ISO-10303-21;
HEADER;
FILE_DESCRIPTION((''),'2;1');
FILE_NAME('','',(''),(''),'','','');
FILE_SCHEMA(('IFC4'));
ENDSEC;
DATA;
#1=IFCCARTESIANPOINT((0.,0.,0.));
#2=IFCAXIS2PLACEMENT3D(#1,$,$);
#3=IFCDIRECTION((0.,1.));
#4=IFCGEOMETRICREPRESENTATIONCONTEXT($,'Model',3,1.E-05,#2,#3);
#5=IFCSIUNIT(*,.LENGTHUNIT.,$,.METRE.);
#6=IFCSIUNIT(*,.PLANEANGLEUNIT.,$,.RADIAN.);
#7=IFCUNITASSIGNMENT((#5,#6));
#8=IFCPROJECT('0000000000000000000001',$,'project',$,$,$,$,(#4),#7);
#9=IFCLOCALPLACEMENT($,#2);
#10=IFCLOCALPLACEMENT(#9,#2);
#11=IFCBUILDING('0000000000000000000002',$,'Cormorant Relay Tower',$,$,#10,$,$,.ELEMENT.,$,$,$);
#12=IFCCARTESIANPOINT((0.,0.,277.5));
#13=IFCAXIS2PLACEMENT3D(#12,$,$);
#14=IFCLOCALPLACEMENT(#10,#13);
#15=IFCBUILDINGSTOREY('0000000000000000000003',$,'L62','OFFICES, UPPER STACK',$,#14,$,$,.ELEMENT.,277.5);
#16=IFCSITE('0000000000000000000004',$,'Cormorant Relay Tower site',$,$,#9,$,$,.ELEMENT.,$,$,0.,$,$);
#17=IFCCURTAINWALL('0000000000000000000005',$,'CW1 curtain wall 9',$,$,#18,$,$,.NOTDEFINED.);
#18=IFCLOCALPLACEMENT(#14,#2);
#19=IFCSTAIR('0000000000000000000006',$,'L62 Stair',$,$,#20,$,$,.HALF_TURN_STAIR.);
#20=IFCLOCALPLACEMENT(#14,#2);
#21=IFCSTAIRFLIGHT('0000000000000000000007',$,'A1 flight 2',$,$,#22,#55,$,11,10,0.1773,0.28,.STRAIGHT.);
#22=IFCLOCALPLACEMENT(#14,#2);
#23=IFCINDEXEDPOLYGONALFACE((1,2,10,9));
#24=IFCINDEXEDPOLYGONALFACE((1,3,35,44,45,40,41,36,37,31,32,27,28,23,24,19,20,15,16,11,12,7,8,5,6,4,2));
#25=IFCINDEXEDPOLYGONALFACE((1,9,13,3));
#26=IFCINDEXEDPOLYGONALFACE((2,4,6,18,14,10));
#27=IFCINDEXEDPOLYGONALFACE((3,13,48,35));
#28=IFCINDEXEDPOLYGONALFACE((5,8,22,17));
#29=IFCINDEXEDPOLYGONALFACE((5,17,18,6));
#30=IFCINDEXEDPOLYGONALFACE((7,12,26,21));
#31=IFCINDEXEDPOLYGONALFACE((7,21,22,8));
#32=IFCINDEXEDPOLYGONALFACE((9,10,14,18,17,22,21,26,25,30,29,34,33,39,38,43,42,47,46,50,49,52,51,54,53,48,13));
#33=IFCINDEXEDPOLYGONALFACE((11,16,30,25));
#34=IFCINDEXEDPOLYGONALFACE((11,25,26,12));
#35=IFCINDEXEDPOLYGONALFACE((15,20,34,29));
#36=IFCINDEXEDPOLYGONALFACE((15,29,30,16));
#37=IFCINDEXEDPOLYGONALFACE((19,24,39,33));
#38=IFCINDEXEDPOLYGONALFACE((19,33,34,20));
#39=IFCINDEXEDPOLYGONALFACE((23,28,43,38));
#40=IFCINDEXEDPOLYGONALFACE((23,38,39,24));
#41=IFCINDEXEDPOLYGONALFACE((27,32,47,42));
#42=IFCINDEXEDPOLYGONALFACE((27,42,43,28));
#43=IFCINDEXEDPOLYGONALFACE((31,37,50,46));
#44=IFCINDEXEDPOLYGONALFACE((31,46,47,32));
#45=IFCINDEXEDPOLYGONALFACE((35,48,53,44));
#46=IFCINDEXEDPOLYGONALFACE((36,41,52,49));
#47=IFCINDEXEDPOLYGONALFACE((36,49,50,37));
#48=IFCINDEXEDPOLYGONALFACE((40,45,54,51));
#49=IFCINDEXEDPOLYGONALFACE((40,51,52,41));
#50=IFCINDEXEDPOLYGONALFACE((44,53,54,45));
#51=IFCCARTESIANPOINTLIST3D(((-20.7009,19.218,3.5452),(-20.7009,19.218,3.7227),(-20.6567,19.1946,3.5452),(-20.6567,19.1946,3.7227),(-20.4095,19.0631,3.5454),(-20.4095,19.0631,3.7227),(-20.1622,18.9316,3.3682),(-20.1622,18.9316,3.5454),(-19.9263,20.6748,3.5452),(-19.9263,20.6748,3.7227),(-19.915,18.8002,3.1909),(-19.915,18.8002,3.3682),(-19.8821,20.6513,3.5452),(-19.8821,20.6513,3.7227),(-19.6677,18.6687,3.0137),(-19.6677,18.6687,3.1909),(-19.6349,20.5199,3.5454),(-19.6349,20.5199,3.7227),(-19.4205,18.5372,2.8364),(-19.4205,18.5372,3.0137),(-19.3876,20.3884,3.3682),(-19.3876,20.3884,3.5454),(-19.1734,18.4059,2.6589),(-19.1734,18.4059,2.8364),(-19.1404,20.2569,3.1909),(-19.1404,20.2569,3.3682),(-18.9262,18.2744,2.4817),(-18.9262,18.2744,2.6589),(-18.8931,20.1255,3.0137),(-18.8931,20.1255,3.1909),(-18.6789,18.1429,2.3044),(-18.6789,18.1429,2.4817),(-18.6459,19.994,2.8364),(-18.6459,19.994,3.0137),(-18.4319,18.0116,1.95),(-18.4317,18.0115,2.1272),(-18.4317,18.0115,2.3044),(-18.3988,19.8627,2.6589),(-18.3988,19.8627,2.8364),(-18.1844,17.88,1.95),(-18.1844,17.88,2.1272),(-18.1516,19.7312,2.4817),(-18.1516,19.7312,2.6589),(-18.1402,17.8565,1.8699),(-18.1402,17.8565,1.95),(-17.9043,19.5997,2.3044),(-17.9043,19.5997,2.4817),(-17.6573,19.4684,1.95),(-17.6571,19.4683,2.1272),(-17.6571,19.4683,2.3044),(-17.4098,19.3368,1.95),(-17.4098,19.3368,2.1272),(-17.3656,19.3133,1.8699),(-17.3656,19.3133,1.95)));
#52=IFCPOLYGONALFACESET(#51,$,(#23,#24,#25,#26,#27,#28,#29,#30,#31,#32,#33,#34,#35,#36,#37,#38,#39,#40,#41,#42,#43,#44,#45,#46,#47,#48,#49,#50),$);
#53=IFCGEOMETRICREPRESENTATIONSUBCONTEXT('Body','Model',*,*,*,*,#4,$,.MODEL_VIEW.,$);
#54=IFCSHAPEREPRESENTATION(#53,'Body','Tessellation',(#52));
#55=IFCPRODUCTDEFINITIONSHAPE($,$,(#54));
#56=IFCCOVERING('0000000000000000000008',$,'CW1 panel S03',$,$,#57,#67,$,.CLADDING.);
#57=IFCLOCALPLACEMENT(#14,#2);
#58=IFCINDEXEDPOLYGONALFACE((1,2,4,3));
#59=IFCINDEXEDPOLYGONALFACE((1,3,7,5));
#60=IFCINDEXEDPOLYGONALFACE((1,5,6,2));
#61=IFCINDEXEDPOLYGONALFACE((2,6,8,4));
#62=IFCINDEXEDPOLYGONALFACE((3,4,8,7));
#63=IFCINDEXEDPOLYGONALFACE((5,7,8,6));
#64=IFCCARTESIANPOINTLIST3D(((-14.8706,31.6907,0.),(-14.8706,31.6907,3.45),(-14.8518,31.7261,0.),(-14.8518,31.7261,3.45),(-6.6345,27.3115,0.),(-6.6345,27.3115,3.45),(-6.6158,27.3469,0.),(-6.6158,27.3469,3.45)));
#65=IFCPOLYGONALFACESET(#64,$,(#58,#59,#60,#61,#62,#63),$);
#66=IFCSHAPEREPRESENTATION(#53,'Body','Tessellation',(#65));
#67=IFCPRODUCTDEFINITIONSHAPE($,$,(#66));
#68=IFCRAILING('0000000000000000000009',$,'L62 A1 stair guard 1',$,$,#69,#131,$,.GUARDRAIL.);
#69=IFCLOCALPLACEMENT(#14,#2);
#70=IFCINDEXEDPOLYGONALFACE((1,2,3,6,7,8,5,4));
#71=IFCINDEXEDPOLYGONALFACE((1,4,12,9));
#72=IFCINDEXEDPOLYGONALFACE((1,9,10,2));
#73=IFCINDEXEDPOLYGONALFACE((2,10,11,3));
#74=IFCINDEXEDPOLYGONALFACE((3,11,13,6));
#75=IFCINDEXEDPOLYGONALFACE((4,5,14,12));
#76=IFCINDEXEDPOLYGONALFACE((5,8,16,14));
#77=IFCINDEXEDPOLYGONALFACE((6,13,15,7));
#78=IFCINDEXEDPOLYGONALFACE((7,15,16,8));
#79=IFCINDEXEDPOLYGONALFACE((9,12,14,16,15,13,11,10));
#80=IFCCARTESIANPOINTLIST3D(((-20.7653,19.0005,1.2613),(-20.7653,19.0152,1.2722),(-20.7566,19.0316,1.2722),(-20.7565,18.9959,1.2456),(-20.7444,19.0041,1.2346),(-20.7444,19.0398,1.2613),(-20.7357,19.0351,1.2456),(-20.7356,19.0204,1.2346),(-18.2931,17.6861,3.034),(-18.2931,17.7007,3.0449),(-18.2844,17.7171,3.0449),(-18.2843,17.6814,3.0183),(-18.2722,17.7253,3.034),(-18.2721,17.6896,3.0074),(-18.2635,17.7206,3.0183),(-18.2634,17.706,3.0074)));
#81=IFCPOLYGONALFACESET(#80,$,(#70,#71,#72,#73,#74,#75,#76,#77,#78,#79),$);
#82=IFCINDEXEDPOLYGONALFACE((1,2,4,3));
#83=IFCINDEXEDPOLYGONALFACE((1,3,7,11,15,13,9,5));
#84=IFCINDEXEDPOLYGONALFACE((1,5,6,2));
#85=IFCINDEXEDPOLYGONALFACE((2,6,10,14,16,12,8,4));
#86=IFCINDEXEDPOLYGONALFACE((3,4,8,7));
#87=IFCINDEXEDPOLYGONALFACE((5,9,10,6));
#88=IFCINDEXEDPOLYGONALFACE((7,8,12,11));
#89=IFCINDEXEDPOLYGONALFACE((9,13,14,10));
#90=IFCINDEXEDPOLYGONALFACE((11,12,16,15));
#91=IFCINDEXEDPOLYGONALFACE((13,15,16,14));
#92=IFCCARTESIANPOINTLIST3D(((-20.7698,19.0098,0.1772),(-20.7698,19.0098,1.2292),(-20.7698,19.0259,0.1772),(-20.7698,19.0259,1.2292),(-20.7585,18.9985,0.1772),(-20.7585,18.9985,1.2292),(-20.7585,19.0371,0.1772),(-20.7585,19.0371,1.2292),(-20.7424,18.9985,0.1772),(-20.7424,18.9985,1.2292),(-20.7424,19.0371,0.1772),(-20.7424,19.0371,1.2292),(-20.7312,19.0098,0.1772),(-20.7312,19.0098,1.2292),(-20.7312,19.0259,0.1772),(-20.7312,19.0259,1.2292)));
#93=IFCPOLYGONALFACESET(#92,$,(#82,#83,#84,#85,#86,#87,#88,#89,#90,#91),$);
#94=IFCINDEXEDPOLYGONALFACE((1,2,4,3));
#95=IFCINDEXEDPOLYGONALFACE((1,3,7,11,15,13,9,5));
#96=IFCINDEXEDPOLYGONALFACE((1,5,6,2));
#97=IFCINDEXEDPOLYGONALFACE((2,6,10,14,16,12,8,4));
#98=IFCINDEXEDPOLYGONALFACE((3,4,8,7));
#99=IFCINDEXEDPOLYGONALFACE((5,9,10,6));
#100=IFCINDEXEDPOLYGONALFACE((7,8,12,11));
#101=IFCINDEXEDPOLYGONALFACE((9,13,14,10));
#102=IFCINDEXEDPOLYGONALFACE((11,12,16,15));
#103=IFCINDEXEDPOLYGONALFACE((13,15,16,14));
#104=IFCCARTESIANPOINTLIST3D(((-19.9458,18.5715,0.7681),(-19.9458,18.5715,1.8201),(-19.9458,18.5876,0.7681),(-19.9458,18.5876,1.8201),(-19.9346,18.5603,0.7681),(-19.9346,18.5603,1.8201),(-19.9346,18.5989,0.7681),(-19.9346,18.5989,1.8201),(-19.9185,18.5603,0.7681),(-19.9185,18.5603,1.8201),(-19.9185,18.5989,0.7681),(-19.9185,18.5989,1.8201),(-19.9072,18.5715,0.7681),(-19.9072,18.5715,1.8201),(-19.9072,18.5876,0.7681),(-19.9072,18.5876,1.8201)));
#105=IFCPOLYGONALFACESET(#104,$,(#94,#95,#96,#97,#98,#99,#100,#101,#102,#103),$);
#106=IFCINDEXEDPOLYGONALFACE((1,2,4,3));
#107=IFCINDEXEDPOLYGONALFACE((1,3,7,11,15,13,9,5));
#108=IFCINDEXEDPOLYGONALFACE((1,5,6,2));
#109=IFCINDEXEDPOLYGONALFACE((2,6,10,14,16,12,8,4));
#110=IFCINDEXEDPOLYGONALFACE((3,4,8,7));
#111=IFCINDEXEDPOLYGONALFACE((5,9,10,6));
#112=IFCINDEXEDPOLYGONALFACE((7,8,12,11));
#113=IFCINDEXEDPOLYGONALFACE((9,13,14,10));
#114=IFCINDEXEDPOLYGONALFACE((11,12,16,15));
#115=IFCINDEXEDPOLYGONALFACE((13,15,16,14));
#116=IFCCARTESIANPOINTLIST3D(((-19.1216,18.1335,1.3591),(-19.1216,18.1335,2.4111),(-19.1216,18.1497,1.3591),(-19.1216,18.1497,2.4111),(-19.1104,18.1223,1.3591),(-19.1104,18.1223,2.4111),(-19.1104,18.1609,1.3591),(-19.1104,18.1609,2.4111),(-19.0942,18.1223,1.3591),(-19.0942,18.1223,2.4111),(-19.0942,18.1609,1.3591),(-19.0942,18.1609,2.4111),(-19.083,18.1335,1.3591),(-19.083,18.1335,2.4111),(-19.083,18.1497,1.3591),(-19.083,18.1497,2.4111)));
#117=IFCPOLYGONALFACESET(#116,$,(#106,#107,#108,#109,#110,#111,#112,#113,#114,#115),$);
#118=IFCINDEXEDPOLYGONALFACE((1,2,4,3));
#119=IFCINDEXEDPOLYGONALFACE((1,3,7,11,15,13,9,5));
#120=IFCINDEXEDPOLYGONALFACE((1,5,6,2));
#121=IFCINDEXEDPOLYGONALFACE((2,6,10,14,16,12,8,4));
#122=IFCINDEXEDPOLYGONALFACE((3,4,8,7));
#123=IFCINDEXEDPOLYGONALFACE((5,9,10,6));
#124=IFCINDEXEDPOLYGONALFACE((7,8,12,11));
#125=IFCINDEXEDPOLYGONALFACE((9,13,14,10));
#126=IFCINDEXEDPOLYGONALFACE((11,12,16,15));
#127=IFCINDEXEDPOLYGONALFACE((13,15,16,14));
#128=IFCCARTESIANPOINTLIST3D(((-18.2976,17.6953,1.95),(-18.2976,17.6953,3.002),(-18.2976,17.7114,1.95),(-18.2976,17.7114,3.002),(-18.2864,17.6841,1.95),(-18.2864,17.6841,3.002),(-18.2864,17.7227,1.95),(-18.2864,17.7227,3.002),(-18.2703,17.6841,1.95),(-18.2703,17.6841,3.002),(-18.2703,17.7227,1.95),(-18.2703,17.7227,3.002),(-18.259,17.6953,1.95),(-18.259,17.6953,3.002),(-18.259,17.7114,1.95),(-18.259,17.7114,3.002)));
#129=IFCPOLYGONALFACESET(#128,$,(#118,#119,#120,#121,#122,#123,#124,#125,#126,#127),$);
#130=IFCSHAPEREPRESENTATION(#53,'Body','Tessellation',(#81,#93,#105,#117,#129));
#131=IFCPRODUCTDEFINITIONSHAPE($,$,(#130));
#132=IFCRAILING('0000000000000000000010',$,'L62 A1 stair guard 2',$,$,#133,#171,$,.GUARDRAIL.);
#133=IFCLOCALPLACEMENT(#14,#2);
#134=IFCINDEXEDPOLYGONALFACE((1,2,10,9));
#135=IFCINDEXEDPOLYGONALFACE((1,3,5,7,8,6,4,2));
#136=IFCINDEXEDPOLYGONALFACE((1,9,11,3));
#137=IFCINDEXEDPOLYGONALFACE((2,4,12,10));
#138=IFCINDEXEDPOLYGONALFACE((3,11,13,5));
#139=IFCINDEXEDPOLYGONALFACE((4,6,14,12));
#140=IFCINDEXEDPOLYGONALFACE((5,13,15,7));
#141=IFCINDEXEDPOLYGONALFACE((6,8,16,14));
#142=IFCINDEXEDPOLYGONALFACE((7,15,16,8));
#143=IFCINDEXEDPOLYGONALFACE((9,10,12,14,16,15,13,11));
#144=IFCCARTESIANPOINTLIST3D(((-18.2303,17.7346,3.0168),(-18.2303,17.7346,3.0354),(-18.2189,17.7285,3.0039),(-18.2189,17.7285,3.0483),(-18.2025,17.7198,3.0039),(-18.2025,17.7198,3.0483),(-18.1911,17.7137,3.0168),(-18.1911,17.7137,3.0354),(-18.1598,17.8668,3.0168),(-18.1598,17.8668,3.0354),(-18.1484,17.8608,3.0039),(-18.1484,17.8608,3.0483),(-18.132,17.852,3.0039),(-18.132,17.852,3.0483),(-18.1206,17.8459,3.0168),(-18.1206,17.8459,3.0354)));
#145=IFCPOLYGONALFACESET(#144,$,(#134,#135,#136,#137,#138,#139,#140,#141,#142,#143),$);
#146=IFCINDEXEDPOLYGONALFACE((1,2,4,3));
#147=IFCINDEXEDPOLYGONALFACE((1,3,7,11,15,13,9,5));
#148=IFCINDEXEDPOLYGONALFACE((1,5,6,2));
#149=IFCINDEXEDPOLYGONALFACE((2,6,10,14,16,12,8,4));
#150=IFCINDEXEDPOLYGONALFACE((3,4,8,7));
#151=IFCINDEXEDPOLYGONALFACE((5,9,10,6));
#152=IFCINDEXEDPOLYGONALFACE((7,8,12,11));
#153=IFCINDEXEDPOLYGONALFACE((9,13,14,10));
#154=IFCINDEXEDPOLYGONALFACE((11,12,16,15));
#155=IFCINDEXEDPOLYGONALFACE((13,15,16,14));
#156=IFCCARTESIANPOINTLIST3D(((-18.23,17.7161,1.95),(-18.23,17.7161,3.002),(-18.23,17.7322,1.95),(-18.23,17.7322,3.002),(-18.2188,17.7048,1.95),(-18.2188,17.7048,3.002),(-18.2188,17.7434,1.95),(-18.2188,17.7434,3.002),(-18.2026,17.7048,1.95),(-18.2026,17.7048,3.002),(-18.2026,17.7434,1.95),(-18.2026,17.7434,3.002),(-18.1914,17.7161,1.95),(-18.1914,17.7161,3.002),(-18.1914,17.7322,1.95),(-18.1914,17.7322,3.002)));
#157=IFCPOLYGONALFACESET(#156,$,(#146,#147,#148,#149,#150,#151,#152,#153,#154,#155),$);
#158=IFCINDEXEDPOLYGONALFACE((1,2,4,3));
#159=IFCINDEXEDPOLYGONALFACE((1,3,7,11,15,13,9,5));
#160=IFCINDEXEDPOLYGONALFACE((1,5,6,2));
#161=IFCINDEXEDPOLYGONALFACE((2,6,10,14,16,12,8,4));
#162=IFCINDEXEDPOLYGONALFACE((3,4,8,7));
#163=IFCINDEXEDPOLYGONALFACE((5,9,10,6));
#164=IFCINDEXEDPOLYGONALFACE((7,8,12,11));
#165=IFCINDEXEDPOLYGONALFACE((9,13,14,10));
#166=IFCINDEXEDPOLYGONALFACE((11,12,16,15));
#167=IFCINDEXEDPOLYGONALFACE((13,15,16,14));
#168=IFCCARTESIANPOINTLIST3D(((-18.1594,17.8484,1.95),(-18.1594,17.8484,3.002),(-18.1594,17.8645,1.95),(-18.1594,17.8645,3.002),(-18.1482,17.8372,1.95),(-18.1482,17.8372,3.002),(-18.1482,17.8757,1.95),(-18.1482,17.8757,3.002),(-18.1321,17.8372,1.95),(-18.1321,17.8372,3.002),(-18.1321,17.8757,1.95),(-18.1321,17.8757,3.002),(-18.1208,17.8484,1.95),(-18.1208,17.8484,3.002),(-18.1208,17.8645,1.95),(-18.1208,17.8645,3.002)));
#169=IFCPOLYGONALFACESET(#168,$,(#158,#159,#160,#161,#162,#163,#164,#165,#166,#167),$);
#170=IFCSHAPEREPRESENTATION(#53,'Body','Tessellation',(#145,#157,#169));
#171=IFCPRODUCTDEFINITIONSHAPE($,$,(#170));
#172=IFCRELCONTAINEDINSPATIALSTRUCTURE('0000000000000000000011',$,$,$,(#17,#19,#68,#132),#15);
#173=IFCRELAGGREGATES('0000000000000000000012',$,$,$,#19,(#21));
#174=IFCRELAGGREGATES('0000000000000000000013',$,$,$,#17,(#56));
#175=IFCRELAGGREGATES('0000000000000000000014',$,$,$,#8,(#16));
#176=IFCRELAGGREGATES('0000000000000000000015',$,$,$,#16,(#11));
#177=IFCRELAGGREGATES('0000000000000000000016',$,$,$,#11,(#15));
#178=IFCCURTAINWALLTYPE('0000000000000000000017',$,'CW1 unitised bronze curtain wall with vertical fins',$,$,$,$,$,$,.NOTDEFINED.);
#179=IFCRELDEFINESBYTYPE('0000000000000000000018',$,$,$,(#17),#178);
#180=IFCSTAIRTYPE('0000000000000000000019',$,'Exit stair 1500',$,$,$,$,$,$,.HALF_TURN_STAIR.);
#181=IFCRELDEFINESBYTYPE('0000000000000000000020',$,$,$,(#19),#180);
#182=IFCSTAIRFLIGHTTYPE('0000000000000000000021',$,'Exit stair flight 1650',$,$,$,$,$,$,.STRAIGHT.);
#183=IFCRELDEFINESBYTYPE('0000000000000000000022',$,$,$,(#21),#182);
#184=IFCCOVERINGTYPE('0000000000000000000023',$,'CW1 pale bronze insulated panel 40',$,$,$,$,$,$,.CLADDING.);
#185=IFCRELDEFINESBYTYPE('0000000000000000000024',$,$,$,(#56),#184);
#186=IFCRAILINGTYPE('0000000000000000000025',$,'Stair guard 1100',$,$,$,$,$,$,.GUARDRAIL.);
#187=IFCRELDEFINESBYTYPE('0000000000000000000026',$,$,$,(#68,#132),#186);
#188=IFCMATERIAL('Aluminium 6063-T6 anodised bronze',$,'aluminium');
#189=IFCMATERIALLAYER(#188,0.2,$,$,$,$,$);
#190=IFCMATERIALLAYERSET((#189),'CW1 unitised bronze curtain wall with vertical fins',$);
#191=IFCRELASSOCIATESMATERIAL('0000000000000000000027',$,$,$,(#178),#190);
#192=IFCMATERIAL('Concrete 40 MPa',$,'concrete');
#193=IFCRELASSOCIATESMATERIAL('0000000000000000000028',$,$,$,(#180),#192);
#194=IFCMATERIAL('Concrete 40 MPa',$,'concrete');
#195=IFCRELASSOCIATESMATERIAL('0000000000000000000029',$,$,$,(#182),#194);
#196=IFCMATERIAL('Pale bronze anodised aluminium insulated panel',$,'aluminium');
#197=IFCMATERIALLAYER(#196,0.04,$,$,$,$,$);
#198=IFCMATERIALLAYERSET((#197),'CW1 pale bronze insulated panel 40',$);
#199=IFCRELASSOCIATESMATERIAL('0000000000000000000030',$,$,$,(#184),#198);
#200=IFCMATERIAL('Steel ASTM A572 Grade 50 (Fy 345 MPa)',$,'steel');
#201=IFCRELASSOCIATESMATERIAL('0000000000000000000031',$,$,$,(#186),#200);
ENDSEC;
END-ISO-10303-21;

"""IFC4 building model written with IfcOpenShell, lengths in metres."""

from ifc_helpers import new_model, si_unit, direction, frame, origin, origin_2d, place, context, subcontext, project, spatial, polyline, rectangle, outline, extrude, material, layer, layer_set, type_object, element, aggregate, save


model = new_model("IFC4")

# Units and contexts
model_context = context("Model", 3, precision=1e-05, world=origin(), true_north=direction((0.0, 1.0)))
body_context = subcontext(model_context, "Body", "Model", "MODEL_VIEW")
ifc_project = project(units=[si_unit("LENGTHUNIT", "METRE"), si_unit("PLANEANGLEUNIT", "RADIAN")], contexts=[model_context])

# Site, building, storey
site_placement = place(None, origin())
site = spatial("IfcSite", under=ifc_project, at=site_placement, Name="Cormorant Relay Tower site", CompositionType="ELEMENT", RefElevation=0.0)
building_placement = place(site_placement, origin())
building = spatial("IfcBuilding", under=site, at=building_placement, Name="Cormorant Relay Tower", CompositionType="ELEMENT")
storey_placement = place(building_placement, frame((0.0, 0.0, 277.5)))
storey = spatial("IfcBuildingStorey", under=building, at=storey_placement, Name="L62", Description="OFFICES, UPPER STACK", CompositionType="ELEMENT", Elevation=277.5)

# Curtain wall
ifc_material_1 = material(Name="Aluminium 6063-T6 anodised bronze", Category="aluminium")
ifc_layer_1 = layer(ifc_material_1, 0.2)
ifc_layer_set_1 = layer_set([ifc_layer_1], Name="CW1 unitised bronze curtain wall with vertical fins")
curtain_wall_type = type_object("IfcCurtainWallType", Name="CW1 unitised bronze curtain wall with vertical fins", PredefinedType="NOTDEFINED", material=ifc_layer_set_1)
curtain_wall_placement = place(storey_placement, origin())
curtain_wall = element("IfcCurtainWall", 1, at=curtain_wall_placement, inside=storey, type_object=curtain_wall_type, Name="CW1 curtain wall 9", PredefinedType="NOTDEFINED")

# Stair, stair flight
ifc_material_2 = material(Name="Concrete 40 MPa", Category="concrete")
stair_type = type_object("IfcStairType", Name="Exit stair 1500", PredefinedType="HALF_TURN_STAIR", material=ifc_material_2)
stair_placement = place(storey_placement, origin())
stair = element("IfcStair", 2, at=stair_placement, inside=storey, type_object=stair_type, Name="L62 Stair", PredefinedType="HALF_TURN_STAIR")
ifc_material_3 = material(Name="Concrete 40 MPa", Category="concrete")
stair_flight_type = type_object("IfcStairFlightType", Name="Exit stair flight 1650", PredefinedType="STRAIGHT", material=ifc_material_3)
stair_flight_1_placement = place(storey_placement, frame((-17.7971, 18.6084, 1.95), z_axis=(0.0, 0.0, 1.0), x_axis=(-0.882948, 0.469472, 0.0)))
stair_flight_1 = element("IfcStairFlight", 3, at=stair_flight_1_placement, type_object=stair_flight_type, Name="A1 flight 2", NumberOfRisers=11, NumberOfTreads=10, PredefinedType="STRAIGHT", RiserHeight=0.1773, TreadLength=0.28, context=body_context, shape_type="SweptSolid", body=[
    extrude(outline(polyline([(-0.05, -0.0801), (-0.05, 0.0), (0.0, 0.0), (0.0, 0.1772), (0.28, 0.1772), (0.28, 0.3545), (0.5601, 0.3545), (0.5601, 0.5317), (0.8401, 0.5317), (0.8401, 0.709), (1.1201, 0.709), (1.1201, 0.8865), (1.3999, 0.8865), (1.3999, 1.0637), (1.6799, 1.0637), (1.6799, 1.241), (1.96, 1.241), (1.96, 1.4182), (2.24, 1.4182), (2.24, 1.5955), (2.52, 1.5955), (2.52, 1.7727), (2.8, 1.7727), (2.8501, 1.7727), (2.8501, 1.5952), (2.8, 1.5952), (0.2803, 0.0), (-0.05, -0.0801)])), frame((0.0, 0.825, 0.0), z_axis=(0.0, -1.0, 0.0), x_axis=(1.0, 0.0, 0.0)), (0.0, 0.0, 1.0), 1.6499),
])
aggregate(stair, [stair_flight_1])

# Covering
ifc_material_4 = material(Name="Pale bronze anodised aluminium insulated panel", Category="aluminium")
ifc_layer_2 = layer(ifc_material_4, 0.04)
ifc_layer_set_2 = layer_set([ifc_layer_2], Name="CW1 pale bronze insulated panel 40")
covering_type = type_object("IfcCoveringType", Name="CW1 pale bronze insulated panel 40", PredefinedType="CLADDING", material=ifc_layer_set_2)
covering_placement = place(storey_placement, frame((-10.7432, 29.5188, 0.0), z_axis=(0.0, 0.0, 1.0), x_axis=(-0.882948, 0.469472, 0.0)))
covering = element("IfcCovering", 4, at=covering_placement, type_object=covering_type, Name="CW1 panel S03", PredefinedType="CLADDING", context=body_context, shape_type="SweptSolid", body=[
    extrude(rectangle(XDim=9.3279, YDim=0.04, at=origin_2d()), origin(), (0.0, 0.0, 1.0), 3.45),
])
aggregate(curtain_wall, [covering])

# Railings
ifc_material_5 = material(Name="Steel ASTM A572 Grade 50 (Fy 345 MPa)", Category="steel")
railing_type_1 = type_object("IfcRailingType", Name="Stair guard 1100", PredefinedType="GUARDRAIL", material=ifc_material_5)
railing_1_placement = place(storey_placement, frame((-20.7505, 19.0178, 0.1772)))
element("IfcRailing", 5, at=railing_1_placement, inside=storey, type_object=railing_type_1, Name="L62 A1 stair guard 1", PredefinedType="GUARDRAIL", context=body_context, shape_type="SweptSolid", body=[
    extrude(outline(polyline([(0.0222, 0.0093), (0.0093, 0.0222), (-0.0093, 0.0222), (-0.0222, 0.0093), (-0.0222, -0.0093), (-0.0093, -0.0222), (0.0093, -0.0222), (0.0222, -0.0093), (0.0222, 0.0093)])), frame((0.0, 0.0, 1.0762), z_axis=(0.746001, -0.396649, 0.534931), x_axis=(0.469465, 0.882951, 0.0)), (0.0, 0.0, 1.0), 3.314),
    extrude(outline(polyline([(0.0193, 0.0081), (0.0081, 0.0193), (-0.0081, 0.0193), (-0.0193, 0.0081), (-0.0193, -0.0081), (-0.0081, -0.0193), (0.0081, -0.0193), (0.0193, -0.0081), (0.0193, 0.0081)])), origin(), (0.0, 0.0, 1.0), 1.052),
    extrude(outline(polyline([(0.0193, 0.0081), (0.0081, 0.0193), (-0.0081, 0.0193), (-0.0193, 0.0081), (-0.0193, -0.0081), (-0.0081, -0.0193), (0.0081, -0.0193), (0.0193, -0.0081), (0.0193, 0.0081)])), frame((0.824, -0.4382, 0.5908)), (0.0, 0.0, 1.0), 1.052),
    extrude(outline(polyline([(0.0193, 0.0081), (0.0081, 0.0193), (-0.0081, 0.0193), (-0.0193, 0.0081), (-0.0193, -0.0081), (-0.0081, -0.0193), (0.0081, -0.0193), (0.0193, -0.0081), (0.0193, 0.0081)])), frame((1.6482, -0.8762, 1.1819)), (0.0, 0.0, 1.0), 1.052),
    extrude(outline(polyline([(0.0193, 0.0081), (0.0081, 0.0193), (-0.0081, 0.0193), (-0.0193, 0.0081), (-0.0193, -0.0081), (-0.0081, -0.0193), (0.0081, -0.0193), (0.0193, -0.0081), (0.0193, 0.0081)])), frame((2.4722, -1.3145, 1.7727)), (0.0, 0.0, 1.0), 1.052),
])
railing_2_placement = place(storey_placement, frame((-18.2107, 17.7241, 1.95)))
element("IfcRailing", 6, at=railing_2_placement, inside=storey, type_object=railing_type_1, Name="L62 A1 stair guard 2", PredefinedType="GUARDRAIL", context=body_context, shape_type="SweptSolid", body=[
    extrude(outline(polyline([(0.0222, 0.0093), (0.0093, 0.0222), (-0.0093, 0.0222), (-0.0222, 0.0093), (-0.0222, -0.0093), (-0.0093, -0.0222), (0.0093, -0.0222), (0.0222, -0.0093), (0.0222, 0.0093)])), frame((0.0, 0.0, 1.0762), z_axis=(0.470504, 0.882398, 0.0), x_axis=(-0.882398, 0.470504, 0.0)), (0.0, 0.0, 1.0), 0.1499),
    extrude(outline(polyline([(0.0193, 0.0081), (0.0081, 0.0193), (-0.0081, 0.0193), (-0.0193, 0.0081), (-0.0193, -0.0081), (-0.0081, -0.0193), (0.0081, -0.0193), (0.0193, -0.0081), (0.0193, 0.0081)])), origin(), (0.0, 0.0, 1.0), 1.052),
    extrude(outline(polyline([(0.0193, 0.0081), (0.0081, 0.0193), (-0.0081, 0.0193), (-0.0193, 0.0081), (-0.0193, -0.0081), (-0.0081, -0.0193), (0.0081, -0.0193), (0.0193, -0.0081), (0.0193, 0.0081)])), frame((0.0706, 0.1323, 0.0)), (0.0, 0.0, 1.0), 1.052),
])

save(model, "model.ifc")
